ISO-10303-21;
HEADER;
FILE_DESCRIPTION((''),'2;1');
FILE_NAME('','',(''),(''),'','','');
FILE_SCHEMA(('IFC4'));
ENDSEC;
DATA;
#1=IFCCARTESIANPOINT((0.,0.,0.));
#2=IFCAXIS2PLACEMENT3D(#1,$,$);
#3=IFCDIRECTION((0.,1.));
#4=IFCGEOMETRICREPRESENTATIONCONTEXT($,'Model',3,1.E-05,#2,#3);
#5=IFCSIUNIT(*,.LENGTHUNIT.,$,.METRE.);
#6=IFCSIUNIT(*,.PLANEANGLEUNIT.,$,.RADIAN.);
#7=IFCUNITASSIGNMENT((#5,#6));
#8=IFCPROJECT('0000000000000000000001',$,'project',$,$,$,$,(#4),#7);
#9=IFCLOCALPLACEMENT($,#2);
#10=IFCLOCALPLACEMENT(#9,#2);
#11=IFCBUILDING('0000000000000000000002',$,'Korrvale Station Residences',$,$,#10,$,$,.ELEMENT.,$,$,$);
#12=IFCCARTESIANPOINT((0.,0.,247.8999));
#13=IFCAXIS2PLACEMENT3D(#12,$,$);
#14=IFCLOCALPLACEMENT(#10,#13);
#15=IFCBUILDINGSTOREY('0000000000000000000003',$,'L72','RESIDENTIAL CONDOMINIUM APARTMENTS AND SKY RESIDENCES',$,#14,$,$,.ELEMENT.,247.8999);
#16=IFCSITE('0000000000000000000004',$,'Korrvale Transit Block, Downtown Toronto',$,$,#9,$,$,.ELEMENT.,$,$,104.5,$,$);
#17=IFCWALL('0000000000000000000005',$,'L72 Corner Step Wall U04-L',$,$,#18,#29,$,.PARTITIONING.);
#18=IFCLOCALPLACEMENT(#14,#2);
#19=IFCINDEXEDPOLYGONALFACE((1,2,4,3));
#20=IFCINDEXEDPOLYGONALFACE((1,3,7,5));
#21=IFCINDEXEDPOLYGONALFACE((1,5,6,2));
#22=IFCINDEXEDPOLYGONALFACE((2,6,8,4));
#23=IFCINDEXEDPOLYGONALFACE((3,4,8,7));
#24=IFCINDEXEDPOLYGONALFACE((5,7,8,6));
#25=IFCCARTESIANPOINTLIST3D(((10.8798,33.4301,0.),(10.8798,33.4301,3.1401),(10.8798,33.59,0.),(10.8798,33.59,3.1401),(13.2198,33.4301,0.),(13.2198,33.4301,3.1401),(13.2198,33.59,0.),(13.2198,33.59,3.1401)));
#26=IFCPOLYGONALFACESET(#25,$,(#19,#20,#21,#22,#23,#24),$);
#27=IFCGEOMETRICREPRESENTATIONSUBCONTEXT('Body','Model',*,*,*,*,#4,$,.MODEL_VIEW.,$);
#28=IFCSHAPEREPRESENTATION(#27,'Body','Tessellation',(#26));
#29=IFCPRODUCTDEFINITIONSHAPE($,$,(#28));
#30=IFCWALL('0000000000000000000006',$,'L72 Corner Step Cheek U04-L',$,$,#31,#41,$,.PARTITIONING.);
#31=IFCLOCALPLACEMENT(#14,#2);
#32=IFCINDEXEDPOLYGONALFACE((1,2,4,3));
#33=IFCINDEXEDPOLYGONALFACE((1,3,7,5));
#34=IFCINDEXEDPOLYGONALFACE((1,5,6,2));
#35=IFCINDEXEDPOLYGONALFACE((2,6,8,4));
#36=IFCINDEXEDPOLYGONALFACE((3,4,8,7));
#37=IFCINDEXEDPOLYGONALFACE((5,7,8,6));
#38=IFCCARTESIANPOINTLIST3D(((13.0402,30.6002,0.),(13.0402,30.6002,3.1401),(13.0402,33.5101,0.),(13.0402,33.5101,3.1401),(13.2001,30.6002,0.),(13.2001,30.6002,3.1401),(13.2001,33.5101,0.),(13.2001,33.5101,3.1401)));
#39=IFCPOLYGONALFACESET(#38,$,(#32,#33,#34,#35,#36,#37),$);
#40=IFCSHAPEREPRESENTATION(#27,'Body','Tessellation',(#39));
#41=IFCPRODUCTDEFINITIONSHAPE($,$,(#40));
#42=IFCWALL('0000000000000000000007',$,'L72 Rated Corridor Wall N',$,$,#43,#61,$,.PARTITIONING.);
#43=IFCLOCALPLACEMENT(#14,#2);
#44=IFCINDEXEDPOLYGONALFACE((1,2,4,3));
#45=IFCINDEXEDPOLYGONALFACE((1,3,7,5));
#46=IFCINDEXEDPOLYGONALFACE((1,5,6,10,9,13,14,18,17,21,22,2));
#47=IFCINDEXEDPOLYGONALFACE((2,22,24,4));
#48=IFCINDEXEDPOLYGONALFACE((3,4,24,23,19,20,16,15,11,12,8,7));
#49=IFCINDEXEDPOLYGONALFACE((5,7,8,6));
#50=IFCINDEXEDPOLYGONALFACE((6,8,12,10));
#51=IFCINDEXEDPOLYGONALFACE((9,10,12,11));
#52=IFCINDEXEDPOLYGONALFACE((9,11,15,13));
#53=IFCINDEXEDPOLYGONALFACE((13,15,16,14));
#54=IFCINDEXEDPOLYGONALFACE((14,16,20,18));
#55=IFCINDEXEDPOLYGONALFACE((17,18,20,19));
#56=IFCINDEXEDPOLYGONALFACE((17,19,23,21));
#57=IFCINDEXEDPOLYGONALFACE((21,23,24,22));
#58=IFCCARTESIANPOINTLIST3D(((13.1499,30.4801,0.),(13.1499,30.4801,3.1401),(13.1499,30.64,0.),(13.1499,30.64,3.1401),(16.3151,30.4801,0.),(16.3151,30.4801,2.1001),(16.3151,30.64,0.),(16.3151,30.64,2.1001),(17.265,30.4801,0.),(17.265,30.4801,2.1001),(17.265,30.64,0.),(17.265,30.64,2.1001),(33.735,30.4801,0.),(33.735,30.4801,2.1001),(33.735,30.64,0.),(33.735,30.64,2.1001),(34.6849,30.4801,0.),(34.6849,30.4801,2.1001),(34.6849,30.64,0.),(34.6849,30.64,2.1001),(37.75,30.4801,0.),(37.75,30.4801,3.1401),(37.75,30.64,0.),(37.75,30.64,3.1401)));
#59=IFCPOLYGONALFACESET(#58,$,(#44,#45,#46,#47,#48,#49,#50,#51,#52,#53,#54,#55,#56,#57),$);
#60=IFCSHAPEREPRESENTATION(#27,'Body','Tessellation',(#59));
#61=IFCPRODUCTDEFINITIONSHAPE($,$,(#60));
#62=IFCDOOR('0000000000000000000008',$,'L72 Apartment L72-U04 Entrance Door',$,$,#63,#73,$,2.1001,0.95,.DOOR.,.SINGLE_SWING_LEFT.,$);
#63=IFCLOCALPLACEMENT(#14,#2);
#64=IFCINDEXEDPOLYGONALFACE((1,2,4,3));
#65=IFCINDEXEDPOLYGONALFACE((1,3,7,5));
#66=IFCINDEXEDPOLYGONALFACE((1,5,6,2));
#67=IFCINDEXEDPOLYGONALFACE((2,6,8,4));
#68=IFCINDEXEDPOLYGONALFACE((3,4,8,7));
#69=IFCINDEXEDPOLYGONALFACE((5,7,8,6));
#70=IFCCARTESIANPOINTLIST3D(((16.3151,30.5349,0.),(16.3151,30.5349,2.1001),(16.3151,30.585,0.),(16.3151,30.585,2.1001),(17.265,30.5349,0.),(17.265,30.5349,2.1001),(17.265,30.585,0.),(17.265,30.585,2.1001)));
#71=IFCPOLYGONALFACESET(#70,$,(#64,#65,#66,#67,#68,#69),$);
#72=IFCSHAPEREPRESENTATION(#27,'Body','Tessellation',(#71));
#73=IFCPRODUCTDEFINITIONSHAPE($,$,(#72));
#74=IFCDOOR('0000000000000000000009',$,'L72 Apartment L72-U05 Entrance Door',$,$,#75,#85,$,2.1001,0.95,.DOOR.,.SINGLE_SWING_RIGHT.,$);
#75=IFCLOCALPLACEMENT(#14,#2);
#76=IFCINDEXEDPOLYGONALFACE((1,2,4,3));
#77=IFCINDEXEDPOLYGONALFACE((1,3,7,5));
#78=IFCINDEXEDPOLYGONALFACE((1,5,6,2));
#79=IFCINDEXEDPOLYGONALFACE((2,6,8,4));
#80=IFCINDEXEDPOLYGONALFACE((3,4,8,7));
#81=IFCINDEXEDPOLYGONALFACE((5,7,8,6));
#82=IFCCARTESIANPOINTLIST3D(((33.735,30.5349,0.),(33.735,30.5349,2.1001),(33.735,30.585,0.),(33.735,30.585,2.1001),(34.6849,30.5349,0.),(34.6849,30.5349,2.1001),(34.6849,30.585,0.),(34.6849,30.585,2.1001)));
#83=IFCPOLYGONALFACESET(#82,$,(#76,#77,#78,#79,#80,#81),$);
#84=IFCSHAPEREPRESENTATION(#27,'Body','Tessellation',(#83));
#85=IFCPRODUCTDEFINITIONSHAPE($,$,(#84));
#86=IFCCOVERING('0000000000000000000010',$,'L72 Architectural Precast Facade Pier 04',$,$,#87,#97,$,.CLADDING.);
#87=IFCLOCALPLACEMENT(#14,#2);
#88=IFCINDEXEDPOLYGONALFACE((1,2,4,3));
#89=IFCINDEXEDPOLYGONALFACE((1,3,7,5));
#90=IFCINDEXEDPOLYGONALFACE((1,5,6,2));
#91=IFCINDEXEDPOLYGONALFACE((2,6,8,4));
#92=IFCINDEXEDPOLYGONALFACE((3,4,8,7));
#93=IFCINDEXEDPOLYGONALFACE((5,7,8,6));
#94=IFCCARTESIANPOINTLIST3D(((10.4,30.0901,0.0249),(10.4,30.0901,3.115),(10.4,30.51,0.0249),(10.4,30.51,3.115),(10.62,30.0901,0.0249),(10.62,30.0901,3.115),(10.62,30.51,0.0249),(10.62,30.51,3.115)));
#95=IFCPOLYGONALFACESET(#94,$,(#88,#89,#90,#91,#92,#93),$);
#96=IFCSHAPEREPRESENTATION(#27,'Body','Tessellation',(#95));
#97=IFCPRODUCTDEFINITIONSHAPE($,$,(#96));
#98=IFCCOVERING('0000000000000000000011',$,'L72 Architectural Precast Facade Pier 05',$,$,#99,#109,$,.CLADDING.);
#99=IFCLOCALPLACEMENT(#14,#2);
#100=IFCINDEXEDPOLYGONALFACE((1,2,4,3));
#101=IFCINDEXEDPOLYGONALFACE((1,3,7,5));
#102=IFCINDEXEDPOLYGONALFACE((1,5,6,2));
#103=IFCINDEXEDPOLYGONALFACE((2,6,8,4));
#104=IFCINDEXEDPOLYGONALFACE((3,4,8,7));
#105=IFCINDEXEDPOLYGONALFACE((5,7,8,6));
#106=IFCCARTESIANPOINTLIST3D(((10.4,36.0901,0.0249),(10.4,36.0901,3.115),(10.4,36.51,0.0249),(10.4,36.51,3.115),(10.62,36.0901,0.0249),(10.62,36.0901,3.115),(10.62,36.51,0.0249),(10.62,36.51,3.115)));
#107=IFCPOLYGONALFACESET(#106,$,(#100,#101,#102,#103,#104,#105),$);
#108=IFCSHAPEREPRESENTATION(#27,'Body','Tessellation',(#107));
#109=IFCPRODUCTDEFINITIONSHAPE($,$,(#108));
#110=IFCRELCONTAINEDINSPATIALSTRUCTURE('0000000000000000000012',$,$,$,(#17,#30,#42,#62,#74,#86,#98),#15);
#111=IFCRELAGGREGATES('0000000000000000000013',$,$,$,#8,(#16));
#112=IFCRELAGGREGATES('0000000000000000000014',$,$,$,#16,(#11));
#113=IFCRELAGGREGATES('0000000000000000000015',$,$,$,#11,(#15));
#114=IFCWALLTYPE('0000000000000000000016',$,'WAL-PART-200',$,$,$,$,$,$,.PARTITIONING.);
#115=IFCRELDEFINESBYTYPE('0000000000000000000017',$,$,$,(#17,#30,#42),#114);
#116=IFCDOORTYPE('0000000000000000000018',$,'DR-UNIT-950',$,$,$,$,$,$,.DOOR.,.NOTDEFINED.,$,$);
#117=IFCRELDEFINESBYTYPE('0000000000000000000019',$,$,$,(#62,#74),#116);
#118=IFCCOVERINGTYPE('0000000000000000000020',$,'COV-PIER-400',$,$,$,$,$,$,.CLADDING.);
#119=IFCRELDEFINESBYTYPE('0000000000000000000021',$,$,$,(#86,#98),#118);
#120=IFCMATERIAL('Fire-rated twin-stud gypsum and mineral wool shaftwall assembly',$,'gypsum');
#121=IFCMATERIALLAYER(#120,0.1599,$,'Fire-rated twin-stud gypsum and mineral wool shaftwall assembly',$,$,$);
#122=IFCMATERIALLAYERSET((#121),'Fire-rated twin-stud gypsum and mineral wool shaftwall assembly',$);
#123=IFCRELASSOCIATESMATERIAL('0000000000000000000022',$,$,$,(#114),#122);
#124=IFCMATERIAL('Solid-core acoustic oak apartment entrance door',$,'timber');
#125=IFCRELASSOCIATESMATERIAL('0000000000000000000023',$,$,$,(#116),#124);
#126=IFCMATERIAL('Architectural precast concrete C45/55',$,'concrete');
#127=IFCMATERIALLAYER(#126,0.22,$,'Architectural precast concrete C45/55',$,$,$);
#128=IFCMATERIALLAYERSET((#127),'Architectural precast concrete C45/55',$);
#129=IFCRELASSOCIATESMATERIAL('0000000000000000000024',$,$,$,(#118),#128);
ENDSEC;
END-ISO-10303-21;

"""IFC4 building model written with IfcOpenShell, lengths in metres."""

from ifc_helpers import new_model, si_unit, direction, frame, frame_2d, origin, origin_2d, place, context, subcontext, project, spatial, rectangle, extrude, material, layer, layer_set, type_object, element, fill, save


model = new_model("IFC4")

# Units and contexts
model_context = context("Model", 3, precision=1e-05, world=origin(), true_north=direction((0.0, 1.0)))
body_context = subcontext(model_context, "Body", "Model", "MODEL_VIEW")
ifc_project = project(units=[si_unit("LENGTHUNIT", "METRE"), si_unit("PLANEANGLEUNIT", "RADIAN")], contexts=[model_context])

# Site, building, storey
site_placement = place(None, origin())
site = spatial("IfcSite", under=ifc_project, at=site_placement, Name="Korrvale Transit Block, Downtown Toronto", CompositionType="ELEMENT", RefElevation=104.5)
building_placement = place(site_placement, origin())
building = spatial("IfcBuilding", under=site, at=building_placement, Name="Korrvale Station Residences", CompositionType="ELEMENT")
storey_placement = place(building_placement, frame((0.0, 0.0, 247.8999)))
storey = spatial("IfcBuildingStorey", under=building, at=storey_placement, Name="L72", Description="RESIDENTIAL CONDOMINIUM APARTMENTS AND SKY RESIDENCES", CompositionType="ELEMENT", Elevation=247.8999)

# Walls
ifc_material_1 = material(Name="Fire-rated twin-stud gypsum and mineral wool shaftwall assembly", Category="gypsum")
ifc_layer_1 = layer(ifc_material_1, 0.1599, Name="Fire-rated twin-stud gypsum and mineral wool shaftwall assembly")
ifc_layer_set_1 = layer_set([ifc_layer_1], Name="Fire-rated twin-stud gypsum and mineral wool shaftwall assembly")
wall_type_1 = type_object("IfcWallType", Name="WAL-PART-200", PredefinedType="PARTITIONING", material=ifc_layer_set_1)
wall_1_placement = place(storey_placement, frame((10.8799, 33.51, 0.0), z_axis=(0.0, 0.0, 1.0), x_axis=(1.0, 0.0, 0.0)))
element("IfcWall", 1, at=wall_1_placement, inside=storey, type_object=wall_type_1, Name="L72 Corner Step Wall U04-L", PredefinedType="PARTITIONING", context=body_context, shape_type="SweptSolid", body=[
    extrude(rectangle(XDim=2.3401, YDim=0.1599, at=frame_2d((1.1699, 0.0))), origin(), (0.0, 0.0, 1.0), 3.1401),
])
wall_2_placement = place(storey_placement, frame((13.1201, 30.6001, 0.0), z_axis=(0.0, 0.0, 1.0), x_axis=(0.0, 1.0, 0.0)))
element("IfcWall", 2, at=wall_2_placement, inside=storey, type_object=wall_type_1, Name="L72 Corner Step Cheek U04-L", PredefinedType="PARTITIONING", context=body_context, shape_type="SweptSolid", body=[
    extrude(rectangle(XDim=2.9099, YDim=0.1599, at=frame_2d((1.4551, 0.0))), origin(), (0.0, 0.0, 1.0), 3.1401),
])

# Wall, openings, doors
wall_3_placement = place(storey_placement, frame((13.1499, 30.5601, 0.0), z_axis=(0.0, 0.0, 1.0), x_axis=(1.0, 0.0, 0.0)))
wall_3 = element("IfcWall", 3, at=wall_3_placement, inside=storey, type_object=wall_type_1, Name="L72 Rated Corridor Wall N", PredefinedType="PARTITIONING", context=body_context, shape_type="SweptSolid", body=[
    extrude(rectangle(XDim=24.6001, YDim=0.1599, at=frame_2d((12.3, 0.0))), origin(), (0.0, 0.0, 1.0), 3.1401),
])
opening_1_placement = place(wall_3_placement, frame((3.165, 0.0, 0.0)))
opening_1 = element("IfcOpeningElement", 4, at=opening_1_placement, cuts=wall_3, PredefinedType="OPENING", context=body_context, shape_type="SweptSolid", body=[
    extrude(rectangle(XDim=0.95, YDim=2.1001, at=frame_2d((0.4751, 1.05))), frame((0.0, 0.0898, 0.0), z_axis=(0.0, -1.0, 0.0), x_axis=(1.0, 0.0, 0.0)), (0.0, 0.0, 1.0), 0.1799),
])
opening_2_placement = place(wall_3_placement, frame((20.585, 0.0, 0.0)))
opening_2 = element("IfcOpeningElement", 5, at=opening_2_placement, cuts=wall_3, PredefinedType="OPENING", context=body_context, shape_type="SweptSolid", body=[
    extrude(rectangle(XDim=0.95, YDim=2.1001, at=frame_2d((0.4751, 1.05))), frame((0.0, 0.0898, 0.0), z_axis=(0.0, -1.0, 0.0), x_axis=(1.0, 0.0, 0.0)), (0.0, 0.0, 1.0), 0.1799),
])
ifc_material_2 = material(Name="Solid-core acoustic oak apartment entrance door", Category="timber")
door_type = type_object("IfcDoorType", Name="DR-UNIT-950", OperationType="NOTDEFINED", PredefinedType="DOOR", material=ifc_material_2)
door_1_placement = place(opening_1_placement, origin())
door_1 = element("IfcDoor", 6, at=door_1_placement, inside=storey, type_object=door_type, Name="L72 Apartment L72-U04 Entrance Door", OperationType="SINGLE_SWING_LEFT", OverallHeight=2.1001, OverallWidth=0.95, PredefinedType="DOOR", context=body_context, shape_type="SweptSolid", body=[
    extrude(rectangle(XDim=0.95, YDim=2.1001, at=frame_2d((0.4751, 1.05))), frame((0.0, 0.0249, 0.0), z_axis=(0.0, -1.0, 0.0), x_axis=(1.0, 0.0, 0.0)), (0.0, 0.0, 1.0), 0.05),
])
fill(opening_1, door_1)
door_2_placement = place(opening_2_placement, origin())
door_2 = element("IfcDoor", 7, at=door_2_placement, inside=storey, type_object=door_type, Name="L72 Apartment L72-U05 Entrance Door", OperationType="SINGLE_SWING_RIGHT", OverallHeight=2.1001, OverallWidth=0.95, PredefinedType="DOOR", context=body_context, shape_type="SweptSolid", body=[
    extrude(rectangle(XDim=0.95, YDim=2.1001, at=frame_2d((0.4751, 1.05))), frame((0.0, 0.0249, 0.0), z_axis=(0.0, -1.0, 0.0), x_axis=(1.0, 0.0, 0.0)), (0.0, 0.0, 1.0), 0.05),
])
fill(opening_2, door_2)

# Coverings
ifc_material_3 = material(Name="Architectural precast concrete C45/55", Category="concrete")
ifc_layer_2 = layer(ifc_material_3, 0.22, Name="Architectural precast concrete C45/55")
ifc_layer_set_2 = layer_set([ifc_layer_2], Name="Architectural precast concrete C45/55")
covering_type = type_object("IfcCoveringType", Name="COV-PIER-400", PredefinedType="CLADDING", material=ifc_layer_set_2)
for number, where, z_axis, x_axis, name in (
    (8, (10.51, 30.3, 0.0249), (0.0, 0.0, 1.0), (0.0, 1.0, 0.0), "L72 Architectural Precast Facade Pier 04"),
    (9, (10.51, 36.3, 0.0249), (0.0, 0.0, 1.0), (0.0, 1.0, 0.0), "L72 Architectural Precast Facade Pier 05"),
):
    element("IfcCovering", number, at=place(storey_placement, frame(where, z_axis=z_axis, x_axis=x_axis)), inside=storey, type_object=covering_type, Name=name, PredefinedType="CLADDING", context=body_context, shape_type="SweptSolid", body=[
        extrude(rectangle(XDim=0.4199, YDim=0.22, at=origin_2d()), origin(), (0.0, 0.0, 1.0), 3.0901),
    ])

save(model, "model.ifc")
